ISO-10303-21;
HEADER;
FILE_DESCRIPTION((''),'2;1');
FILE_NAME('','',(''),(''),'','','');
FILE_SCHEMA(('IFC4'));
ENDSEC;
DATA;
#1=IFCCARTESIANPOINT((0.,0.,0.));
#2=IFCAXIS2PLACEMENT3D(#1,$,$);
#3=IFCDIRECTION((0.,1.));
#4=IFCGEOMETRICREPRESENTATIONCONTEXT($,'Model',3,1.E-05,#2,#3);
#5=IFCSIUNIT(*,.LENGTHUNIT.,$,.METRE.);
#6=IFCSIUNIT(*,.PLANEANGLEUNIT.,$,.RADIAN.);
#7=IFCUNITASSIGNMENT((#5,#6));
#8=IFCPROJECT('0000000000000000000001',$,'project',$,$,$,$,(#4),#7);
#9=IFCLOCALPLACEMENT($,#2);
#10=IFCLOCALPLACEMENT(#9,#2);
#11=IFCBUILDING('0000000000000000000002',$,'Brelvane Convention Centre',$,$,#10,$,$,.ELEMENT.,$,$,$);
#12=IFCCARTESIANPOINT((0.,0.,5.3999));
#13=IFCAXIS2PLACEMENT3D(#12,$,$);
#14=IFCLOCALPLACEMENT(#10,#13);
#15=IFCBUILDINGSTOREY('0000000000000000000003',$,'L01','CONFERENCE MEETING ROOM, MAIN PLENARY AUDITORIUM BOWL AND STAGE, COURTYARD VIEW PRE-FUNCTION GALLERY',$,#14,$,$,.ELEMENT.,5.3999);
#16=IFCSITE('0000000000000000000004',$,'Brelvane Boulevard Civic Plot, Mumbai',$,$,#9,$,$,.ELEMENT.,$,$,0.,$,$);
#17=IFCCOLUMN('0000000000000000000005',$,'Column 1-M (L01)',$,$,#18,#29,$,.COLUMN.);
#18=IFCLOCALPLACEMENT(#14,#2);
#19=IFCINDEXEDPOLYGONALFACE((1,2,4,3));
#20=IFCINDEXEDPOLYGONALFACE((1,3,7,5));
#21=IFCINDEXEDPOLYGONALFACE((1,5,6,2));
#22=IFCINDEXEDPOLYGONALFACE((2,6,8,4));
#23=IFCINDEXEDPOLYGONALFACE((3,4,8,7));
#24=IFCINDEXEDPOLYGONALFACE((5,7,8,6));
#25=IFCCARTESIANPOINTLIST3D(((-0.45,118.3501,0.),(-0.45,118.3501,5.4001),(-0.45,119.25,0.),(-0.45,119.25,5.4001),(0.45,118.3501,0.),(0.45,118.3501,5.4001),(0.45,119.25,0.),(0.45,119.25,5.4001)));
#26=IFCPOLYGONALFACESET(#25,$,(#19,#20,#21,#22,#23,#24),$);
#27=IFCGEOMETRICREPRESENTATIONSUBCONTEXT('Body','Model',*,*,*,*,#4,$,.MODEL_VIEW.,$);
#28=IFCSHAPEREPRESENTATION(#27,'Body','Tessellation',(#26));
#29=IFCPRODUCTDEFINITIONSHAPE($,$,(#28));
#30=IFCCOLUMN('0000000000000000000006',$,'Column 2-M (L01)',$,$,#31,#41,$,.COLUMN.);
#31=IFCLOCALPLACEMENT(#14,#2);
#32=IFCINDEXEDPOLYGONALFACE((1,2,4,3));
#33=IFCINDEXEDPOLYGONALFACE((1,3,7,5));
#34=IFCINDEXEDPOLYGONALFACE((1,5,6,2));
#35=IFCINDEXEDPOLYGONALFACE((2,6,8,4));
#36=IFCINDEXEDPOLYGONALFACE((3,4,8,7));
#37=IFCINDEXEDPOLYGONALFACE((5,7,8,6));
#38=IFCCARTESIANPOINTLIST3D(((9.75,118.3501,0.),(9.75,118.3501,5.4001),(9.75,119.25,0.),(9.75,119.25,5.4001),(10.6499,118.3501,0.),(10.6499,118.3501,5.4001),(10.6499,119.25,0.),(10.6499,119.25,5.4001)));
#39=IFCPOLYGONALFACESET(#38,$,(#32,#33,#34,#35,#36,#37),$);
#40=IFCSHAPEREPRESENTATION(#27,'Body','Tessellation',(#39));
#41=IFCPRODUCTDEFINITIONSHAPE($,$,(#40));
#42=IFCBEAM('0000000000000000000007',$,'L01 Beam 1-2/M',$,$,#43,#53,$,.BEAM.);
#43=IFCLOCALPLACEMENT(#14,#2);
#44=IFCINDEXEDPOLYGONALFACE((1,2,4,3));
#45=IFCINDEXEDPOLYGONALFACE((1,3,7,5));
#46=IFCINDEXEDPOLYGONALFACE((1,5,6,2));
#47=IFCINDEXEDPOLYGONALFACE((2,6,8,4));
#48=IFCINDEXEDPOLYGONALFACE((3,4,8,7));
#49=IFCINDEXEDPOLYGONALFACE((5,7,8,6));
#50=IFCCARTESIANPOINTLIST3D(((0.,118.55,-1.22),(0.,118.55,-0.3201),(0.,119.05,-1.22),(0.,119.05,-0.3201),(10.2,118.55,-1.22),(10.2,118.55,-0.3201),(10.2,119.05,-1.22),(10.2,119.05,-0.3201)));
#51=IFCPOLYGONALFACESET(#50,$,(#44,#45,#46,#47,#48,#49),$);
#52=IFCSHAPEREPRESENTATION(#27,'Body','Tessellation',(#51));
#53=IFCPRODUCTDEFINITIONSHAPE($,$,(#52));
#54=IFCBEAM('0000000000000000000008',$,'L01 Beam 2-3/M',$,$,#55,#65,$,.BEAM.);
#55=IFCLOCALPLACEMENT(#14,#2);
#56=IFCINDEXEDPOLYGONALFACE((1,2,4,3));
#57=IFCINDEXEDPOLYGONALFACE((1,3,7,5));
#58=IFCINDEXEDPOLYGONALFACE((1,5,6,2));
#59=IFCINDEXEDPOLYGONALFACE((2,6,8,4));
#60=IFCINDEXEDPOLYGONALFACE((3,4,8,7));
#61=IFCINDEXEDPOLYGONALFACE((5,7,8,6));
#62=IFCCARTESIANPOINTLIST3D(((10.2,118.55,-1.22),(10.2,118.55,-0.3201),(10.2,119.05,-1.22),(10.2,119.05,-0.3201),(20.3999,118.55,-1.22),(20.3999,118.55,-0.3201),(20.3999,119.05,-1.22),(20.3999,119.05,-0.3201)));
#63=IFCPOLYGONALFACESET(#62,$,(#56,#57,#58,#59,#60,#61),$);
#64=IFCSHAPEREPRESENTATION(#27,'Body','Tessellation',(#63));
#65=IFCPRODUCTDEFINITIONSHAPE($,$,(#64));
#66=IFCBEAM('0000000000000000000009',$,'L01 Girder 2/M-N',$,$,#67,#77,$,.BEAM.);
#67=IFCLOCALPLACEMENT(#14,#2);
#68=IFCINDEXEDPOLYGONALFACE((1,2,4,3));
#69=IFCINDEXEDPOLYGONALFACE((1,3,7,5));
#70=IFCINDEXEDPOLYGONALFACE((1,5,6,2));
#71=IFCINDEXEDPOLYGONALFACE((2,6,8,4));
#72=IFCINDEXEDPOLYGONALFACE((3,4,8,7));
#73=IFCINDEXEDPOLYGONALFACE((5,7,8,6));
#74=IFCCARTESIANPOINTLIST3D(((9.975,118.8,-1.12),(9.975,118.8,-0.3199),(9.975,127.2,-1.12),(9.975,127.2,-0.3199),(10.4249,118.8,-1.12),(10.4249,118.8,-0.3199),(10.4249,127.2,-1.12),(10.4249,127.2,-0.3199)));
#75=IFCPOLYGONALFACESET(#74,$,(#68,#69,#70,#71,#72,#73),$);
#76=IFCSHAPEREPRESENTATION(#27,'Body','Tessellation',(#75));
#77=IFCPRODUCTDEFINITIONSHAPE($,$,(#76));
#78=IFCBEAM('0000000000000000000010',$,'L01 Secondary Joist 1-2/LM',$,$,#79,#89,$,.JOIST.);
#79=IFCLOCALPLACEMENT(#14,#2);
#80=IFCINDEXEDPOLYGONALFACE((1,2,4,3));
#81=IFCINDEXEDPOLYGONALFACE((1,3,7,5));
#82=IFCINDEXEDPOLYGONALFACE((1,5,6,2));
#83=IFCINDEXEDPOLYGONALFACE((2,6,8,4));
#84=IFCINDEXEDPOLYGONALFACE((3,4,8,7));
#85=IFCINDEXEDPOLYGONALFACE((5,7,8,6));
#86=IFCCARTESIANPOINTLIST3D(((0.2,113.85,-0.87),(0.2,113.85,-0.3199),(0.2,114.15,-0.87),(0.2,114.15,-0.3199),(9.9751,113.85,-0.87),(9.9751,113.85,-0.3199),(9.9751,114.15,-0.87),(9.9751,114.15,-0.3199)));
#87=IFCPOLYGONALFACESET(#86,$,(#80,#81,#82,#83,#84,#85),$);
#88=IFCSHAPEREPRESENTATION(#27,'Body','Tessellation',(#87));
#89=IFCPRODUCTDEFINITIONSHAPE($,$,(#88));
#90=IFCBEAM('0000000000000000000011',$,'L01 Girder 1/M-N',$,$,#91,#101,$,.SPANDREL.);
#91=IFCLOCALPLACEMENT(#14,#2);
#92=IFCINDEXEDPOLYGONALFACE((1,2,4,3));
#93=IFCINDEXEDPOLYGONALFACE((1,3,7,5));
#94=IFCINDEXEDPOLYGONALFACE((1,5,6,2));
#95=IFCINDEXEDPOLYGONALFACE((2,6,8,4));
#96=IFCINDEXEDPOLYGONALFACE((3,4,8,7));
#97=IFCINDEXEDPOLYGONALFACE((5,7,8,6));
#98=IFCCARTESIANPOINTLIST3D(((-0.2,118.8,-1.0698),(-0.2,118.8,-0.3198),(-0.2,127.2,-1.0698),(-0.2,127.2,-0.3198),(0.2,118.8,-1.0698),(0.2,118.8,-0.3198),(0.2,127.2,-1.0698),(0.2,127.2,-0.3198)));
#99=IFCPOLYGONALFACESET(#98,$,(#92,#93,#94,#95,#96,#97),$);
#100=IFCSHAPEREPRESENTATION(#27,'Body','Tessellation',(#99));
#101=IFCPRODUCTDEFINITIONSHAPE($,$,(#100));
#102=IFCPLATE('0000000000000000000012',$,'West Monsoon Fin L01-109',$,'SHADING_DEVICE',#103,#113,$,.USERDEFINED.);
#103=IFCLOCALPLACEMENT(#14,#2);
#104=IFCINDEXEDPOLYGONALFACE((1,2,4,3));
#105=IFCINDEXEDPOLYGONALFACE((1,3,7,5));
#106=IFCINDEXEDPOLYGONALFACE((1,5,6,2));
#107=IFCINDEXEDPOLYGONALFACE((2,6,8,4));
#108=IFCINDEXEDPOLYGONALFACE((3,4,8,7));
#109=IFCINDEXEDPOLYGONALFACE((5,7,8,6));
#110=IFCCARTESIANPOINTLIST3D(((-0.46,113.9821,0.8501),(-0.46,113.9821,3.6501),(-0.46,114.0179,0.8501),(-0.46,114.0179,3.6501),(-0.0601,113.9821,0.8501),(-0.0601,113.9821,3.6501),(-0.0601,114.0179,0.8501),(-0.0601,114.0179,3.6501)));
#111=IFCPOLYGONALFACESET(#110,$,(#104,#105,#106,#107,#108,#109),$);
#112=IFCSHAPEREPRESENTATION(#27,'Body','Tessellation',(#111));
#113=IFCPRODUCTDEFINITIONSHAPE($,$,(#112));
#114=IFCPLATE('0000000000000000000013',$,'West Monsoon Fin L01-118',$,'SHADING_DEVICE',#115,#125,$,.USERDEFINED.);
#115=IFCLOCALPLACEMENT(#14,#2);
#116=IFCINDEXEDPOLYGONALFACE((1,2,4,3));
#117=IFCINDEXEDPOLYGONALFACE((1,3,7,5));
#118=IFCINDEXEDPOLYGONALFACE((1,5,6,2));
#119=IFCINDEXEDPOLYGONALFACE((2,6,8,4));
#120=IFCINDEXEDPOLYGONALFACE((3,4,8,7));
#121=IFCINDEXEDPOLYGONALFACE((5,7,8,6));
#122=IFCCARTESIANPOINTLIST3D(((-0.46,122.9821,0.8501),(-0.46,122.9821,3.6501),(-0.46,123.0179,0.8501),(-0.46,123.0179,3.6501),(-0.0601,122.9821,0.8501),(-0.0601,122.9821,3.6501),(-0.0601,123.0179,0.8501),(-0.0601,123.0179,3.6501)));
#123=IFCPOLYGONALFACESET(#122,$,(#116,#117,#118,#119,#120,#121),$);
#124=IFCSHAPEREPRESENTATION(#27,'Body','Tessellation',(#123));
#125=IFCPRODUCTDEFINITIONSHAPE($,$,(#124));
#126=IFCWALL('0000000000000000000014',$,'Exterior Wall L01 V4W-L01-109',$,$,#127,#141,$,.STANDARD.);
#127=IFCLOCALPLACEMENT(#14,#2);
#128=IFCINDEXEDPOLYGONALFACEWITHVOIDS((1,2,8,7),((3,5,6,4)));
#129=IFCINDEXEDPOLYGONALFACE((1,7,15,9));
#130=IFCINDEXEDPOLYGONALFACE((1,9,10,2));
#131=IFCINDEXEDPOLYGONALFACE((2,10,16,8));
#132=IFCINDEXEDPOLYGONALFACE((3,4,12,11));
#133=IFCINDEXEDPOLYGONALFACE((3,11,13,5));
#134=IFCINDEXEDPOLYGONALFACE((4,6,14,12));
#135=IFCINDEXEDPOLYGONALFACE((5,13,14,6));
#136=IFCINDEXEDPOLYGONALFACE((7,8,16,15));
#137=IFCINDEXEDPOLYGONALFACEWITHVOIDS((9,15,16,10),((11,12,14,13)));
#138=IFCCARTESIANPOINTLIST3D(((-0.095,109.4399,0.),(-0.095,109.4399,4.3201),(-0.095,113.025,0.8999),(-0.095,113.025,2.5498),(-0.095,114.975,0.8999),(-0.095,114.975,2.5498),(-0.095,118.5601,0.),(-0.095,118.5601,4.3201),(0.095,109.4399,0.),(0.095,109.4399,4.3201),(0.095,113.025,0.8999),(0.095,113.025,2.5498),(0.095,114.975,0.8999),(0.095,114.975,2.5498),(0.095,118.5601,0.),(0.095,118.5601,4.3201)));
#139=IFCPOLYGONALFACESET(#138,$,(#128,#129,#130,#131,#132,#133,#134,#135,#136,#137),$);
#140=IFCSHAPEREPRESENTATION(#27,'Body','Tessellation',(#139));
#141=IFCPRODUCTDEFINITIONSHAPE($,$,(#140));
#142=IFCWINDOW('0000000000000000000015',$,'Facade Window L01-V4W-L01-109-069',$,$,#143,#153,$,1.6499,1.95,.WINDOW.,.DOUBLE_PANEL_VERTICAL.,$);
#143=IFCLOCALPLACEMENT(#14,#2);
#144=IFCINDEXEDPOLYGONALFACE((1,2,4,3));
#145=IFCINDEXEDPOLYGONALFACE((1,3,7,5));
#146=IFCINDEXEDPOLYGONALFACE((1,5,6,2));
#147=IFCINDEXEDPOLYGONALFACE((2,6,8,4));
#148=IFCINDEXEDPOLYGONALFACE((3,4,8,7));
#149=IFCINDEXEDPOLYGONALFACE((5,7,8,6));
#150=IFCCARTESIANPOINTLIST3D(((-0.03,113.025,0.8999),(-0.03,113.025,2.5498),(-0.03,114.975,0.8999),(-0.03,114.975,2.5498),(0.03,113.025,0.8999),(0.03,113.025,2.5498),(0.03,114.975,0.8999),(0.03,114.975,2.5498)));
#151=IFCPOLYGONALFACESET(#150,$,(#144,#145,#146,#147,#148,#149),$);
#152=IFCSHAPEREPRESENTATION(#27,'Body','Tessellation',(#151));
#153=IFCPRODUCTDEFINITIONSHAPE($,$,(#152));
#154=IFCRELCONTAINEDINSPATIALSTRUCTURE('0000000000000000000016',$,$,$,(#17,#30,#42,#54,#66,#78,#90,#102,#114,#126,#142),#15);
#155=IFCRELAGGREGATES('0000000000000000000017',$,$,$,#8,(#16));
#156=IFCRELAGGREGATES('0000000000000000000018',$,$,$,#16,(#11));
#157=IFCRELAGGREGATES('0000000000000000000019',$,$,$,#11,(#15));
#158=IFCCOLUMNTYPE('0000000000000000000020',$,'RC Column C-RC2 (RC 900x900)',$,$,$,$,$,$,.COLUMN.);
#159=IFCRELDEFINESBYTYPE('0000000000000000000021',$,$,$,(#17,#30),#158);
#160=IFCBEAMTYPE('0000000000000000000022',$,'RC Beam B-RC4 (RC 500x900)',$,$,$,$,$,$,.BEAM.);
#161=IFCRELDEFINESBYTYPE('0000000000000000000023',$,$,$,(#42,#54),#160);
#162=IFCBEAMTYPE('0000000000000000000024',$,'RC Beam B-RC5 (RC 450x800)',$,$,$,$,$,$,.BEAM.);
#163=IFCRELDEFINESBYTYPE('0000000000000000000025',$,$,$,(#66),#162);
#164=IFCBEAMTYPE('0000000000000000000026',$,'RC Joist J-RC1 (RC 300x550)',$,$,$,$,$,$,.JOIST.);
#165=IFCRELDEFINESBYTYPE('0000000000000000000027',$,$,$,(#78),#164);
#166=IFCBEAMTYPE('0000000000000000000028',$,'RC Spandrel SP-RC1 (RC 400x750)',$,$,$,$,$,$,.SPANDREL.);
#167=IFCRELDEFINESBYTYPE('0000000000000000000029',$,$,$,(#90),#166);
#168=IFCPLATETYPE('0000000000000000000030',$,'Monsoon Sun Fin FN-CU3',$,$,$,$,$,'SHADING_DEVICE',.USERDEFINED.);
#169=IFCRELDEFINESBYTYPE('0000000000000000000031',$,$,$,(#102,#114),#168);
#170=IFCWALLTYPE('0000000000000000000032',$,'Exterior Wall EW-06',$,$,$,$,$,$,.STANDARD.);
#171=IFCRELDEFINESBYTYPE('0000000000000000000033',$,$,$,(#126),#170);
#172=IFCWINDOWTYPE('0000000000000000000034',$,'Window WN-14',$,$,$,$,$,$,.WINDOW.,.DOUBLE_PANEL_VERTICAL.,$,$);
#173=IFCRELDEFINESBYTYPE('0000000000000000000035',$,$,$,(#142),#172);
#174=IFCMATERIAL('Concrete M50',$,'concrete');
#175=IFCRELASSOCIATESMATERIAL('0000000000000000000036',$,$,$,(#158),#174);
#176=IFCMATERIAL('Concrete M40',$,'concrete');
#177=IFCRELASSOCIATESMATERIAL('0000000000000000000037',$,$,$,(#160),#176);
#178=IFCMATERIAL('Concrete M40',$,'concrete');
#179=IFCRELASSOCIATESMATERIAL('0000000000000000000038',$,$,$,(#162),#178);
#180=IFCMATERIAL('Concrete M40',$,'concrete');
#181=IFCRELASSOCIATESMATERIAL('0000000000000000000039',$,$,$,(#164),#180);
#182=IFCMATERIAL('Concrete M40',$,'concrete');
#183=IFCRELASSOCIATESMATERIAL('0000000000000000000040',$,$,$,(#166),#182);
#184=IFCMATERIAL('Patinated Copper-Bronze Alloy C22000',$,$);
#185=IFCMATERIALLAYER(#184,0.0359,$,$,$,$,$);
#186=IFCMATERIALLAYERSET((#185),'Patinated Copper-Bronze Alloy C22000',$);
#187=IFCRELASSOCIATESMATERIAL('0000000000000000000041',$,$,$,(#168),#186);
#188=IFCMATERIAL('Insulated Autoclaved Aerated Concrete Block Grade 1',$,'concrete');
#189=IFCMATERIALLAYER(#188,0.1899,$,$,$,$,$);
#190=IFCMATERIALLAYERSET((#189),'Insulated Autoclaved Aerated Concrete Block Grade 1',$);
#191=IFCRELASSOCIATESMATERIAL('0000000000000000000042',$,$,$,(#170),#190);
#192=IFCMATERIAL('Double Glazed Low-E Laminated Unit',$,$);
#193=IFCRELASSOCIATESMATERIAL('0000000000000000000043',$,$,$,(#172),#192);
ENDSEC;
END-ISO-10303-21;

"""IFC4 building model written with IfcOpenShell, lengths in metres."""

from ifc_helpers import new_model, si_unit, direction, frame, frame_2d, origin, origin_2d, place, context, subcontext, project, spatial, rectangle, extrude, material, layer, layer_set, material_profile, profile_set, type_object, element, fill, save


model = new_model("IFC4")

# Units and contexts
model_context = context("Model", 3, precision=1e-05, world=origin(), true_north=direction((0.0, 1.0)))
body_context = subcontext(model_context, "Body", "Model", "MODEL_VIEW")
ifc_project = project(units=[si_unit("LENGTHUNIT", "METRE"), si_unit("PLANEANGLEUNIT", "RADIAN")], contexts=[model_context])

# Site, building, storey
site_placement = place(None, origin())
site = spatial("IfcSite", under=ifc_project, at=site_placement, Name="Brelvane Boulevard Civic Plot, Mumbai", CompositionType="ELEMENT", RefElevation=0.0)
building_placement = place(site_placement, origin())
building = spatial("IfcBuilding", under=site, at=building_placement, Name="Brelvane Convention Centre", CompositionType="ELEMENT")
storey_placement = place(building_placement, frame((0.0, 0.0, 5.3999)))
storey = spatial("IfcBuildingStorey", under=building, at=storey_placement, Name="L01", Description="CONFERENCE MEETING ROOM, MAIN PLENARY AUDITORIUM BOWL AND STAGE, COURTYARD VIEW PRE-FUNCTION GALLERY", CompositionType="ELEMENT", Elevation=5.3999)

# Columns
ifc_material_1 = material(Name="Concrete M50", Category="concrete")
ifc_material_profile_1 = material_profile(ifc_material_1, rectangle(XDim=0.8999, YDim=0.8999, at=origin_2d()), Name="RC 900x900")
ifc_profile_set_1 = profile_set([ifc_material_profile_1], Name="Concrete M50")
column_type = type_object("IfcColumnType", Name="RC Column C-RC2 (RC 900x900)", PredefinedType="COLUMN", material=ifc_profile_set_1)
for number, where, z_axis, x_axis, name in (
    (1, (0.0, 118.8, 0.0), (0.0, 0.0, 1.0), (1.0, 0.0, 0.0), "Column 1-M (L01)"),
    (2, (10.2, 118.8, 0.0), (0.0, 0.0, 1.0), (1.0, 0.0, 0.0), "Column 2-M (L01)"),
):
    element("IfcColumn", number, at=place(storey_placement, frame(where, z_axis=z_axis, x_axis=x_axis)), inside=storey, type_object=column_type, Name=name, PredefinedType="COLUMN", context=body_context, shape_type="SweptSolid", body=[
        extrude(rectangle(XDim=0.8999, YDim=0.8999, at=origin_2d()), origin(), (0.0, 0.0, 1.0), 5.4001),
    ])

# Beams
ifc_material_2 = material(Name="Concrete M40", Category="concrete")
ifc_material_profile_2 = material_profile(ifc_material_2, rectangle(XDim=0.5, YDim=0.8999, at=origin_2d()), Name="RC 500x900")
ifc_profile_set_2 = profile_set([ifc_material_profile_2], Name="Concrete M40")
beam_type_1 = type_object("IfcBeamType", Name="RC Beam B-RC4 (RC 500x900)", PredefinedType="BEAM", material=ifc_profile_set_2)
for number, where, z_axis, x_axis, name in (
    (3, (0.0, 118.8, -0.77), (1.0, 0.0, 0.0), (0.0, 1.0, 0.0), "L01 Beam 1-2/M"),
    (4, (10.2, 118.8, -0.77), (1.0, 0.0, 0.0), (0.0, 1.0, 0.0), "L01 Beam 2-3/M"),
):
    element("IfcBeam", number, at=place(storey_placement, frame(where, z_axis=z_axis, x_axis=x_axis)), inside=storey, type_object=beam_type_1, Name=name, PredefinedType="BEAM", context=body_context, shape_type="SweptSolid", body=[
        extrude(rectangle(XDim=0.5, YDim=0.8999, at=origin_2d()), origin(), (0.0, 0.0, 1.0), 10.2),
    ])
ifc_material_3 = material(Name="Concrete M40", Category="concrete")
ifc_material_profile_3 = material_profile(ifc_material_3, rectangle(XDim=0.45, YDim=0.8, at=origin_2d()), Name="RC 450x800")
ifc_profile_set_3 = profile_set([ifc_material_profile_3], Name="Concrete M40")
beam_type_2 = type_object("IfcBeamType", Name="RC Beam B-RC5 (RC 450x800)", PredefinedType="BEAM", material=ifc_profile_set_3)
beam_1_placement = place(storey_placement, frame((10.2, 118.8, -0.72), z_axis=(0.0, 1.0, 0.0), x_axis=(-1.0, 0.0, 0.0)))
element("IfcBeam", 5, at=beam_1_placement, inside=storey, type_object=beam_type_2, Name="L01 Girder 2/M-N", PredefinedType="BEAM", context=body_context, shape_type="SweptSolid", body=[
    extrude(rectangle(XDim=0.45, YDim=0.8, at=origin_2d()), origin(), (0.0, 0.0, 1.0), 8.3999),
])
ifc_material_4 = material(Name="Concrete M40", Category="concrete")
ifc_material_profile_4 = material_profile(ifc_material_4, rectangle(XDim=0.3, YDim=0.55, at=origin_2d()), Name="RC 300x550")
ifc_profile_set_4 = profile_set([ifc_material_profile_4], Name="Concrete M40")
beam_type_3 = type_object("IfcBeamType", Name="RC Joist J-RC1 (RC 300x550)", PredefinedType="JOIST", material=ifc_profile_set_4)
beam_2_placement = place(storey_placement, frame((0.2, 114.0, -0.595), z_axis=(1.0, 0.0, 0.0), x_axis=(0.0, 1.0, 0.0)))
element("IfcBeam", 6, at=beam_2_placement, inside=storey, type_object=beam_type_3, Name="L01 Secondary Joist 1-2/LM", PredefinedType="JOIST", context=body_context, shape_type="SweptSolid", body=[
    extrude(rectangle(XDim=0.3, YDim=0.55, at=origin_2d()), origin(), (0.0, 0.0, 1.0), 9.7751),
])
ifc_material_5 = material(Name="Concrete M40", Category="concrete")
ifc_material_profile_5 = material_profile(ifc_material_5, rectangle(XDim=0.3999, YDim=0.75, at=origin_2d()), Name="RC 400x750")
ifc_profile_set_5 = profile_set([ifc_material_profile_5], Name="Concrete M40")
beam_type_4 = type_object("IfcBeamType", Name="RC Spandrel SP-RC1 (RC 400x750)", PredefinedType="SPANDREL", material=ifc_profile_set_5)
beam_3_placement = place(storey_placement, frame((0.0, 118.8, -0.6948), z_axis=(0.0, 1.0, 0.0), x_axis=(-1.0, 0.0, 0.0)))
element("IfcBeam", 7, at=beam_3_placement, inside=storey, type_object=beam_type_4, Name="L01 Girder 1/M-N", PredefinedType="SPANDREL", context=body_context, shape_type="SweptSolid", body=[
    extrude(rectangle(XDim=0.3999, YDim=0.75, at=origin_2d()), origin(), (0.0, 0.0, 1.0), 8.3999),
])

# Plates
ifc_material_6 = material(Name="Patinated Copper-Bronze Alloy C22000")
ifc_layer_1 = layer(ifc_material_6, 0.0359)
ifc_layer_set_1 = layer_set([ifc_layer_1], Name="Patinated Copper-Bronze Alloy C22000")
plate_type = type_object("IfcPlateType", Name="Monsoon Sun Fin FN-CU3", ElementType="SHADING_DEVICE", PredefinedType="USERDEFINED", material=ifc_layer_set_1)
for number, where, z_axis, x_axis, name in (
    (8, (-0.26, 114.0, 0.8501), (0.0, 0.0, 1.0), (1.0, 0.0, 0.0), "West Monsoon Fin L01-109"),
    (9, (-0.26, 123.0, 0.8501), (0.0, 0.0, 1.0), (1.0, 0.0, 0.0), "West Monsoon Fin L01-118"),
):
    element("IfcPlate", number, at=place(storey_placement, frame(where, z_axis=z_axis, x_axis=x_axis)), inside=storey, type_object=plate_type, Name=name, ObjectType="SHADING_DEVICE", PredefinedType="USERDEFINED", context=body_context, shape_type="SweptSolid", body=[
        extrude(rectangle(XDim=0.3999, YDim=0.0359, at=origin_2d()), origin(), (0.0, 0.0, 1.0), 2.8),
    ])

# Wall, opening, window
ifc_material_7 = material(Name="Insulated Autoclaved Aerated Concrete Block Grade 1", Category="concrete")
ifc_layer_2 = layer(ifc_material_7, 0.1899)
ifc_layer_set_2 = layer_set([ifc_layer_2], Name="Insulated Autoclaved Aerated Concrete Block Grade 1")
wall_type_1 = type_object("IfcWallType", Name="Exterior Wall EW-06", PredefinedType="STANDARD", material=ifc_layer_set_2)
wall_1_placement = place(storey_placement, frame((0.0, 109.4399, 0.0), z_axis=(0.0, 0.0, 1.0), x_axis=(0.0, 1.0, 0.0)))
wall_1 = element("IfcWall", 10, at=wall_1_placement, inside=storey, type_object=wall_type_1, Name="Exterior Wall L01 V4W-L01-109", PredefinedType="STANDARD", context=body_context, shape_type="SweptSolid", body=[
    extrude(rectangle(XDim=9.1201, YDim=0.1899, at=frame_2d((4.5601, 0.0))), origin(), (0.0, 0.0, 1.0), 4.3201),
])
opening_1_placement = place(wall_1_placement, frame((3.585, 0.0, 0.8999)))
opening_1 = element("IfcOpeningElement", 11, at=opening_1_placement, cuts=wall_1, PredefinedType="OPENING", context=body_context, shape_type="SweptSolid", body=[
    extrude(rectangle(XDim=1.95, YDim=1.6499, at=frame_2d((0.9751, 0.825))), frame((0.0, 0.105, 0.0), z_axis=(0.0, -1.0, 0.0), x_axis=(1.0, 0.0, 0.0)), (0.0, 0.0, 1.0), 0.21),
])
ifc_material_8 = material(Name="Double Glazed Low-E Laminated Unit")
window_type_1 = type_object("IfcWindowType", Name="Window WN-14", PartitioningType="DOUBLE_PANEL_VERTICAL", PredefinedType="WINDOW", material=ifc_material_8)
window_1_placement = place(opening_1_placement, origin())
window_1 = element("IfcWindow", 12, at=window_1_placement, inside=storey, type_object=window_type_1, Name="Facade Window L01-V4W-L01-109-069", OverallHeight=1.6499, OverallWidth=1.95, PartitioningType="DOUBLE_PANEL_VERTICAL", PredefinedType="WINDOW", context=body_context, shape_type="SweptSolid", body=[
    extrude(rectangle(XDim=1.95, YDim=1.6499, at=frame_2d((0.9751, 0.825))), frame((0.0, 0.03, 0.0), z_axis=(0.0, -1.0, 0.0), x_axis=(1.0, 0.0, 0.0)), (0.0, 0.0, 1.0), 0.0601),
])
fill(opening_1, window_1)

save(model, "model.ifc")
